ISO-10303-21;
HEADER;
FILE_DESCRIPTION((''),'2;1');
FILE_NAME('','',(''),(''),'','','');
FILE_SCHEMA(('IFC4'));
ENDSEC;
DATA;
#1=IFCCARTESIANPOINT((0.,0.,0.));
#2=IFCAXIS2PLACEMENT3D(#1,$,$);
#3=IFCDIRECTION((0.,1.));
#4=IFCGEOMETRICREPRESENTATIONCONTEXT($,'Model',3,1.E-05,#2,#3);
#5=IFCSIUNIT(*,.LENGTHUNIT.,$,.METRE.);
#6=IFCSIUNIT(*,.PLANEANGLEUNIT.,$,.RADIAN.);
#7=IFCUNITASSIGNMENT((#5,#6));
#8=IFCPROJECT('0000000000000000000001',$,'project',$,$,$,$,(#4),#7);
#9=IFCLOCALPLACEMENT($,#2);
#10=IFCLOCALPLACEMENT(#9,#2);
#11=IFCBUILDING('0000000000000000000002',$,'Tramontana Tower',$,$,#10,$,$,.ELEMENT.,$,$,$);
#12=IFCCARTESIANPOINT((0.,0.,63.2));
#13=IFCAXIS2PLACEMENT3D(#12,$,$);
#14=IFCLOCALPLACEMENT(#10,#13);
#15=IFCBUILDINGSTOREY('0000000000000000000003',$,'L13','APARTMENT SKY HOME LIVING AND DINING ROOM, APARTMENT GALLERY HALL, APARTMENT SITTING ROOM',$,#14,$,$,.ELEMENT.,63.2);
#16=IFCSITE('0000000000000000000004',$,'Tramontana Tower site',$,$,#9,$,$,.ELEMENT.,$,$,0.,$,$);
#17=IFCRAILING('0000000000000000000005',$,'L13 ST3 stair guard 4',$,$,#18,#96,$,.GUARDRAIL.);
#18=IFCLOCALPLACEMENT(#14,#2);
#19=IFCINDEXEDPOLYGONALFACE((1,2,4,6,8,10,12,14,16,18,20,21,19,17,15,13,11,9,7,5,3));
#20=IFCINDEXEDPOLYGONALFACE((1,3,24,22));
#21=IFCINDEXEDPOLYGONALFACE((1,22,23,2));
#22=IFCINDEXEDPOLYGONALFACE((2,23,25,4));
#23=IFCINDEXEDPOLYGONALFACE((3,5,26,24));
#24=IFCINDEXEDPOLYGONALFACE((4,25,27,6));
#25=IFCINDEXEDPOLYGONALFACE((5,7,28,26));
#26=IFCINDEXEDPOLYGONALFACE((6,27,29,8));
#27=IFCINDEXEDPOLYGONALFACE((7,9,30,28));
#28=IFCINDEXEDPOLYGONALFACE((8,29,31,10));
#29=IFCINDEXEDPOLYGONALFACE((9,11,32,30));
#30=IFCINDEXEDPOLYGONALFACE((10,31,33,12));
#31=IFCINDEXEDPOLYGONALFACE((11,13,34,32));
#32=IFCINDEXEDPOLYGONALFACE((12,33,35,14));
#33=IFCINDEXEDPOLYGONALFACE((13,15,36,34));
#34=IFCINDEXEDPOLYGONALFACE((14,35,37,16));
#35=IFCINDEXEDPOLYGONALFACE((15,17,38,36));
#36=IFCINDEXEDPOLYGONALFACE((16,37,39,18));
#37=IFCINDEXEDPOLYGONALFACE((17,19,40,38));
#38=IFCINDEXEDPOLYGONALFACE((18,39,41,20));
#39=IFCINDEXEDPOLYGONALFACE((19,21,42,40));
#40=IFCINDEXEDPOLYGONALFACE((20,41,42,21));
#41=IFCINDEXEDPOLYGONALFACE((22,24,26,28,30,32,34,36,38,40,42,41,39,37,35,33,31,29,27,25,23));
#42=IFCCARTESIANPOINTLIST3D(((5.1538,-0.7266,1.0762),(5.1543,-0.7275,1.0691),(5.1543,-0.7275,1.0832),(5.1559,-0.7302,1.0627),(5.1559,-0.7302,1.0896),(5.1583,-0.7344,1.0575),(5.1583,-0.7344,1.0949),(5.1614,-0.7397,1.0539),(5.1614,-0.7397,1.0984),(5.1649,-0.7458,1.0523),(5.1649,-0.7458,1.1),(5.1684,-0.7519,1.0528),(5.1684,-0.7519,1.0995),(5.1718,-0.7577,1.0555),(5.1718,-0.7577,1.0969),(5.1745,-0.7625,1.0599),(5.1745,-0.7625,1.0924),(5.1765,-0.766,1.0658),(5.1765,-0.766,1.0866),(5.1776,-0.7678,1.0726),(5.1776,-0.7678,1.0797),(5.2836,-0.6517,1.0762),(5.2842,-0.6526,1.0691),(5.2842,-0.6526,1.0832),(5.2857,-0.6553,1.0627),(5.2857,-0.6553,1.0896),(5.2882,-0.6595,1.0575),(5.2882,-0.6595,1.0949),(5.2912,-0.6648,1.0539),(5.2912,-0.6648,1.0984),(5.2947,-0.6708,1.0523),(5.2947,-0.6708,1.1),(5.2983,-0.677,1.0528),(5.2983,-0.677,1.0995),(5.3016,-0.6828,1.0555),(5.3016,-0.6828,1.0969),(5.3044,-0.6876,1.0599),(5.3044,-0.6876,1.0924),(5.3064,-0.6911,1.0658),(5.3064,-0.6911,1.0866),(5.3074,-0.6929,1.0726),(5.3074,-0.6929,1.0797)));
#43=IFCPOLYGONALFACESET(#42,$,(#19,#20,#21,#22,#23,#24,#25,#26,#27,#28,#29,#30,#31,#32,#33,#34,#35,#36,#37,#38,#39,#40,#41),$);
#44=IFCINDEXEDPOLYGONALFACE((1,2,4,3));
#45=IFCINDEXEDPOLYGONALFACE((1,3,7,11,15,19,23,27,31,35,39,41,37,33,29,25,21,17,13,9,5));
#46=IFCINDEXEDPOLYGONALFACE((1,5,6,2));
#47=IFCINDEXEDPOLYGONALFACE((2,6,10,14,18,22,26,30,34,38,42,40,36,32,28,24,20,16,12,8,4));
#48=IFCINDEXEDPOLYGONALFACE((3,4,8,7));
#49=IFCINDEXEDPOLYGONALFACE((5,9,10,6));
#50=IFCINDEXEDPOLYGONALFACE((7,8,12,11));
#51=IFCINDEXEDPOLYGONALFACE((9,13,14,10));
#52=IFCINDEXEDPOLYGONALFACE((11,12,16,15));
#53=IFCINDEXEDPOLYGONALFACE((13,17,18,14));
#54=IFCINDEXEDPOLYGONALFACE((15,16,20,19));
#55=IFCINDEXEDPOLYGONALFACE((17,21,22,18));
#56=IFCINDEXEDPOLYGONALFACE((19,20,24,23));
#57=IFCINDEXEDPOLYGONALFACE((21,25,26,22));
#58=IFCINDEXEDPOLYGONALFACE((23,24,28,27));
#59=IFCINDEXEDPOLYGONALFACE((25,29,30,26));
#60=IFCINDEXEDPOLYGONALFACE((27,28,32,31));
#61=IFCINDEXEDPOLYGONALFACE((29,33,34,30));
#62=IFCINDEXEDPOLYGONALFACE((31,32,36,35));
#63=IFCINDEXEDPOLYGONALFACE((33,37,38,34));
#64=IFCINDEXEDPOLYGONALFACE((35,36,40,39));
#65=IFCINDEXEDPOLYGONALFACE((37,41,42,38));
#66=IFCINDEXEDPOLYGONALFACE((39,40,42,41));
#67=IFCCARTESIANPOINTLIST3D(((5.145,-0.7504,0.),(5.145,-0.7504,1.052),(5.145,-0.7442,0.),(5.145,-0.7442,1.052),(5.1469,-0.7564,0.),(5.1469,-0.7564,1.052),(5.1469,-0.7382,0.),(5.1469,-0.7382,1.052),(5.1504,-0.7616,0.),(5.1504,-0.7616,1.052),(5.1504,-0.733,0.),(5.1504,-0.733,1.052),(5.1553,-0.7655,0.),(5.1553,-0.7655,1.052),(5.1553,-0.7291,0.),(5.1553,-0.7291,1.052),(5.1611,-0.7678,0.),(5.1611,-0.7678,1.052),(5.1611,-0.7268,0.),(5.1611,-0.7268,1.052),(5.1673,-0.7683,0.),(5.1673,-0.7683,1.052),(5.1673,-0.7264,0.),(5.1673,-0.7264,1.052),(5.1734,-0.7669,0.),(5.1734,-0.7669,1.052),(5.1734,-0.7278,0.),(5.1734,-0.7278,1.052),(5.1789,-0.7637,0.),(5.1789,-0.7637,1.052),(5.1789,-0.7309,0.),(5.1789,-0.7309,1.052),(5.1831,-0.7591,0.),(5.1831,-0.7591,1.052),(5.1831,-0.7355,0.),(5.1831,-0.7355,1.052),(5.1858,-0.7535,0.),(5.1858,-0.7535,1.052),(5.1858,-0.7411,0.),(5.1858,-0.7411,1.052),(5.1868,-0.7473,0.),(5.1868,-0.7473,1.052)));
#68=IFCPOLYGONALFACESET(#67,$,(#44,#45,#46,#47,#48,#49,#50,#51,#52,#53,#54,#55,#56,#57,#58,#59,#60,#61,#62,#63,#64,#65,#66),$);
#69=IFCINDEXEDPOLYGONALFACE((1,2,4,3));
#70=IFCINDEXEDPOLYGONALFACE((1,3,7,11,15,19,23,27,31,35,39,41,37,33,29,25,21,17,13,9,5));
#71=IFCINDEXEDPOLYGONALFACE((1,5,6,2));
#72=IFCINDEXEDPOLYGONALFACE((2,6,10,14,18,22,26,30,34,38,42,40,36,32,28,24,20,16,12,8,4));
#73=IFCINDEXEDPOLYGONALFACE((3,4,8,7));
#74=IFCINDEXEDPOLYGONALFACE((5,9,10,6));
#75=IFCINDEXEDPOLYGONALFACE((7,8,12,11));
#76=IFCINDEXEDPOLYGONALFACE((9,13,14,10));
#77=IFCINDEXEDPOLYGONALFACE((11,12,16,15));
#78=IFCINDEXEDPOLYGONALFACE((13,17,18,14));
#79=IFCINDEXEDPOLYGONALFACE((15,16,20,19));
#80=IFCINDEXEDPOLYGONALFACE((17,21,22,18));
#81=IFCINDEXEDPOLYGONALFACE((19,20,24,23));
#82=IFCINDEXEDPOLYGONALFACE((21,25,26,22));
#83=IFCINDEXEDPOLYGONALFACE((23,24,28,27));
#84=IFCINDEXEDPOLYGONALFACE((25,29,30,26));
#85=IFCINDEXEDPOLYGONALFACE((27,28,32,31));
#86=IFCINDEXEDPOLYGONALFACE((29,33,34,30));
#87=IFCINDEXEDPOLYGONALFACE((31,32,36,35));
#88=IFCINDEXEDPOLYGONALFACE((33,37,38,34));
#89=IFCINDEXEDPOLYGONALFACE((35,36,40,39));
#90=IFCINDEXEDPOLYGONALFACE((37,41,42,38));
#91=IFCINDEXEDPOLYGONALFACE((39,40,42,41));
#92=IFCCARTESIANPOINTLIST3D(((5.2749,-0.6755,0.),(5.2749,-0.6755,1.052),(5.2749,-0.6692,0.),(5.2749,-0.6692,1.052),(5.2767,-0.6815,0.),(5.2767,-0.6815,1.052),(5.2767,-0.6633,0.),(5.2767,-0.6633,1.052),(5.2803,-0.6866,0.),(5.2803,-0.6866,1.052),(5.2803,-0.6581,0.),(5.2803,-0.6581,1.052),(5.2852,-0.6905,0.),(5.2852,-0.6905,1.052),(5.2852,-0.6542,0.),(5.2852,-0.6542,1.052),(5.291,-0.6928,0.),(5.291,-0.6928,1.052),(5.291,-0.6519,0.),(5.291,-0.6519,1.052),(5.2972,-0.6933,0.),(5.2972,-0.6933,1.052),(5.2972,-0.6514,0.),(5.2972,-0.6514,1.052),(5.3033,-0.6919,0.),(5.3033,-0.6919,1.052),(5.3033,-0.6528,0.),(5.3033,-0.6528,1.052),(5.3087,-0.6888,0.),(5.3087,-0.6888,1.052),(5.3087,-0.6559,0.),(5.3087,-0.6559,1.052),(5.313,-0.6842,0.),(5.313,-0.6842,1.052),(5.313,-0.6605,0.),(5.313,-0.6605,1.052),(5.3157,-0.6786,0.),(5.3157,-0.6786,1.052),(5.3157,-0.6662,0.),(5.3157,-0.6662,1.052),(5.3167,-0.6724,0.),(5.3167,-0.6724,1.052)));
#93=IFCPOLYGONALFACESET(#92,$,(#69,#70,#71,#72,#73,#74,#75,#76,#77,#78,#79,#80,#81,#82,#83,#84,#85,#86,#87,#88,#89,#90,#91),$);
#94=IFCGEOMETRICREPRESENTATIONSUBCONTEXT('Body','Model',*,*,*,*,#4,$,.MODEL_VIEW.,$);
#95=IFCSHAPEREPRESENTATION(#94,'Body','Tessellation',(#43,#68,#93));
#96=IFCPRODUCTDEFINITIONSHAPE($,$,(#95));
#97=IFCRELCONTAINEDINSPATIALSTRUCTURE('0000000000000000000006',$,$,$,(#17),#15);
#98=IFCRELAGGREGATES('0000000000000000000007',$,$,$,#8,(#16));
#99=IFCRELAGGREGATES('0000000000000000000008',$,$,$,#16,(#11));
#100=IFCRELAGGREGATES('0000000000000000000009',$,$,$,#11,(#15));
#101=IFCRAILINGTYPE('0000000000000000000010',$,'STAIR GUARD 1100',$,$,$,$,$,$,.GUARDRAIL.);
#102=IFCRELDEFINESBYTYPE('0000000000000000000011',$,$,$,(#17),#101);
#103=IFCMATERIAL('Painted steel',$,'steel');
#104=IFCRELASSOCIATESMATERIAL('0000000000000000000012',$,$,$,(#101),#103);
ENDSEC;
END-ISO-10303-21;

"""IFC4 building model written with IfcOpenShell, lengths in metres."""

from ifc_helpers import new_model, si_unit, direction, frame, origin, origin_2d, place, context, subcontext, project, spatial, circle, extrude, material, type_object, element, save


model = new_model("IFC4")

# Units and contexts
model_context = context("Model", 3, precision=1e-05, world=origin(), true_north=direction((0.0, 1.0)))
body_context = subcontext(model_context, "Body", "Model", "MODEL_VIEW")
ifc_project = project(units=[si_unit("LENGTHUNIT", "METRE"), si_unit("PLANEANGLEUNIT", "RADIAN")], contexts=[model_context])

# Site, building, storey
site_placement = place(None, origin())
site = spatial("IfcSite", under=ifc_project, at=site_placement, Name="Tramontana Tower site", CompositionType="ELEMENT", RefElevation=0.0)
building_placement = place(site_placement, origin())
building = spatial("IfcBuilding", under=site, at=building_placement, Name="Tramontana Tower", CompositionType="ELEMENT")
storey_placement = place(building_placement, frame((0.0, 0.0, 63.2)))
storey = spatial("IfcBuildingStorey", under=building, at=storey_placement, Name="L13", Description="APARTMENT SKY HOME LIVING AND DINING ROOM, APARTMENT GALLERY HALL, APARTMENT SITTING ROOM", CompositionType="ELEMENT", Elevation=63.2)

# Railing
ifc_material_1 = material(Name="Painted steel", Category="steel")
railing_type_1 = type_object("IfcRailingType", Name="STAIR GUARD 1100", PredefinedType="GUARDRAIL", material=ifc_material_1)
railing_1_placement = place(storey_placement, frame((5.1658, -0.7473, 0.0)))
element("IfcRailing", 1, at=railing_1_placement, inside=storey, type_object=railing_type_1, Name="L13 ST3 stair guard 4", PredefinedType="GUARDRAIL", context=body_context, shape_type="SweptSolid", body=[
    extrude(circle(Radius=0.0239, at=origin_2d()), frame((0.0, 0.0, 1.0762), z_axis=(0.866131, 0.499816, 0.0), x_axis=(-0.499816, 0.866131, 0.0)), (0.0, 0.0, 1.0), 0.1499),
    extrude(circle(Radius=0.021, at=origin_2d()), origin(), (0.0, 0.0, 1.0), 1.052),
    extrude(circle(Radius=0.021, at=origin_2d()), frame((0.1299, 0.075, 0.0)), (0.0, 0.0, 1.0), 1.052),
])

save(model, "model.ifc")
